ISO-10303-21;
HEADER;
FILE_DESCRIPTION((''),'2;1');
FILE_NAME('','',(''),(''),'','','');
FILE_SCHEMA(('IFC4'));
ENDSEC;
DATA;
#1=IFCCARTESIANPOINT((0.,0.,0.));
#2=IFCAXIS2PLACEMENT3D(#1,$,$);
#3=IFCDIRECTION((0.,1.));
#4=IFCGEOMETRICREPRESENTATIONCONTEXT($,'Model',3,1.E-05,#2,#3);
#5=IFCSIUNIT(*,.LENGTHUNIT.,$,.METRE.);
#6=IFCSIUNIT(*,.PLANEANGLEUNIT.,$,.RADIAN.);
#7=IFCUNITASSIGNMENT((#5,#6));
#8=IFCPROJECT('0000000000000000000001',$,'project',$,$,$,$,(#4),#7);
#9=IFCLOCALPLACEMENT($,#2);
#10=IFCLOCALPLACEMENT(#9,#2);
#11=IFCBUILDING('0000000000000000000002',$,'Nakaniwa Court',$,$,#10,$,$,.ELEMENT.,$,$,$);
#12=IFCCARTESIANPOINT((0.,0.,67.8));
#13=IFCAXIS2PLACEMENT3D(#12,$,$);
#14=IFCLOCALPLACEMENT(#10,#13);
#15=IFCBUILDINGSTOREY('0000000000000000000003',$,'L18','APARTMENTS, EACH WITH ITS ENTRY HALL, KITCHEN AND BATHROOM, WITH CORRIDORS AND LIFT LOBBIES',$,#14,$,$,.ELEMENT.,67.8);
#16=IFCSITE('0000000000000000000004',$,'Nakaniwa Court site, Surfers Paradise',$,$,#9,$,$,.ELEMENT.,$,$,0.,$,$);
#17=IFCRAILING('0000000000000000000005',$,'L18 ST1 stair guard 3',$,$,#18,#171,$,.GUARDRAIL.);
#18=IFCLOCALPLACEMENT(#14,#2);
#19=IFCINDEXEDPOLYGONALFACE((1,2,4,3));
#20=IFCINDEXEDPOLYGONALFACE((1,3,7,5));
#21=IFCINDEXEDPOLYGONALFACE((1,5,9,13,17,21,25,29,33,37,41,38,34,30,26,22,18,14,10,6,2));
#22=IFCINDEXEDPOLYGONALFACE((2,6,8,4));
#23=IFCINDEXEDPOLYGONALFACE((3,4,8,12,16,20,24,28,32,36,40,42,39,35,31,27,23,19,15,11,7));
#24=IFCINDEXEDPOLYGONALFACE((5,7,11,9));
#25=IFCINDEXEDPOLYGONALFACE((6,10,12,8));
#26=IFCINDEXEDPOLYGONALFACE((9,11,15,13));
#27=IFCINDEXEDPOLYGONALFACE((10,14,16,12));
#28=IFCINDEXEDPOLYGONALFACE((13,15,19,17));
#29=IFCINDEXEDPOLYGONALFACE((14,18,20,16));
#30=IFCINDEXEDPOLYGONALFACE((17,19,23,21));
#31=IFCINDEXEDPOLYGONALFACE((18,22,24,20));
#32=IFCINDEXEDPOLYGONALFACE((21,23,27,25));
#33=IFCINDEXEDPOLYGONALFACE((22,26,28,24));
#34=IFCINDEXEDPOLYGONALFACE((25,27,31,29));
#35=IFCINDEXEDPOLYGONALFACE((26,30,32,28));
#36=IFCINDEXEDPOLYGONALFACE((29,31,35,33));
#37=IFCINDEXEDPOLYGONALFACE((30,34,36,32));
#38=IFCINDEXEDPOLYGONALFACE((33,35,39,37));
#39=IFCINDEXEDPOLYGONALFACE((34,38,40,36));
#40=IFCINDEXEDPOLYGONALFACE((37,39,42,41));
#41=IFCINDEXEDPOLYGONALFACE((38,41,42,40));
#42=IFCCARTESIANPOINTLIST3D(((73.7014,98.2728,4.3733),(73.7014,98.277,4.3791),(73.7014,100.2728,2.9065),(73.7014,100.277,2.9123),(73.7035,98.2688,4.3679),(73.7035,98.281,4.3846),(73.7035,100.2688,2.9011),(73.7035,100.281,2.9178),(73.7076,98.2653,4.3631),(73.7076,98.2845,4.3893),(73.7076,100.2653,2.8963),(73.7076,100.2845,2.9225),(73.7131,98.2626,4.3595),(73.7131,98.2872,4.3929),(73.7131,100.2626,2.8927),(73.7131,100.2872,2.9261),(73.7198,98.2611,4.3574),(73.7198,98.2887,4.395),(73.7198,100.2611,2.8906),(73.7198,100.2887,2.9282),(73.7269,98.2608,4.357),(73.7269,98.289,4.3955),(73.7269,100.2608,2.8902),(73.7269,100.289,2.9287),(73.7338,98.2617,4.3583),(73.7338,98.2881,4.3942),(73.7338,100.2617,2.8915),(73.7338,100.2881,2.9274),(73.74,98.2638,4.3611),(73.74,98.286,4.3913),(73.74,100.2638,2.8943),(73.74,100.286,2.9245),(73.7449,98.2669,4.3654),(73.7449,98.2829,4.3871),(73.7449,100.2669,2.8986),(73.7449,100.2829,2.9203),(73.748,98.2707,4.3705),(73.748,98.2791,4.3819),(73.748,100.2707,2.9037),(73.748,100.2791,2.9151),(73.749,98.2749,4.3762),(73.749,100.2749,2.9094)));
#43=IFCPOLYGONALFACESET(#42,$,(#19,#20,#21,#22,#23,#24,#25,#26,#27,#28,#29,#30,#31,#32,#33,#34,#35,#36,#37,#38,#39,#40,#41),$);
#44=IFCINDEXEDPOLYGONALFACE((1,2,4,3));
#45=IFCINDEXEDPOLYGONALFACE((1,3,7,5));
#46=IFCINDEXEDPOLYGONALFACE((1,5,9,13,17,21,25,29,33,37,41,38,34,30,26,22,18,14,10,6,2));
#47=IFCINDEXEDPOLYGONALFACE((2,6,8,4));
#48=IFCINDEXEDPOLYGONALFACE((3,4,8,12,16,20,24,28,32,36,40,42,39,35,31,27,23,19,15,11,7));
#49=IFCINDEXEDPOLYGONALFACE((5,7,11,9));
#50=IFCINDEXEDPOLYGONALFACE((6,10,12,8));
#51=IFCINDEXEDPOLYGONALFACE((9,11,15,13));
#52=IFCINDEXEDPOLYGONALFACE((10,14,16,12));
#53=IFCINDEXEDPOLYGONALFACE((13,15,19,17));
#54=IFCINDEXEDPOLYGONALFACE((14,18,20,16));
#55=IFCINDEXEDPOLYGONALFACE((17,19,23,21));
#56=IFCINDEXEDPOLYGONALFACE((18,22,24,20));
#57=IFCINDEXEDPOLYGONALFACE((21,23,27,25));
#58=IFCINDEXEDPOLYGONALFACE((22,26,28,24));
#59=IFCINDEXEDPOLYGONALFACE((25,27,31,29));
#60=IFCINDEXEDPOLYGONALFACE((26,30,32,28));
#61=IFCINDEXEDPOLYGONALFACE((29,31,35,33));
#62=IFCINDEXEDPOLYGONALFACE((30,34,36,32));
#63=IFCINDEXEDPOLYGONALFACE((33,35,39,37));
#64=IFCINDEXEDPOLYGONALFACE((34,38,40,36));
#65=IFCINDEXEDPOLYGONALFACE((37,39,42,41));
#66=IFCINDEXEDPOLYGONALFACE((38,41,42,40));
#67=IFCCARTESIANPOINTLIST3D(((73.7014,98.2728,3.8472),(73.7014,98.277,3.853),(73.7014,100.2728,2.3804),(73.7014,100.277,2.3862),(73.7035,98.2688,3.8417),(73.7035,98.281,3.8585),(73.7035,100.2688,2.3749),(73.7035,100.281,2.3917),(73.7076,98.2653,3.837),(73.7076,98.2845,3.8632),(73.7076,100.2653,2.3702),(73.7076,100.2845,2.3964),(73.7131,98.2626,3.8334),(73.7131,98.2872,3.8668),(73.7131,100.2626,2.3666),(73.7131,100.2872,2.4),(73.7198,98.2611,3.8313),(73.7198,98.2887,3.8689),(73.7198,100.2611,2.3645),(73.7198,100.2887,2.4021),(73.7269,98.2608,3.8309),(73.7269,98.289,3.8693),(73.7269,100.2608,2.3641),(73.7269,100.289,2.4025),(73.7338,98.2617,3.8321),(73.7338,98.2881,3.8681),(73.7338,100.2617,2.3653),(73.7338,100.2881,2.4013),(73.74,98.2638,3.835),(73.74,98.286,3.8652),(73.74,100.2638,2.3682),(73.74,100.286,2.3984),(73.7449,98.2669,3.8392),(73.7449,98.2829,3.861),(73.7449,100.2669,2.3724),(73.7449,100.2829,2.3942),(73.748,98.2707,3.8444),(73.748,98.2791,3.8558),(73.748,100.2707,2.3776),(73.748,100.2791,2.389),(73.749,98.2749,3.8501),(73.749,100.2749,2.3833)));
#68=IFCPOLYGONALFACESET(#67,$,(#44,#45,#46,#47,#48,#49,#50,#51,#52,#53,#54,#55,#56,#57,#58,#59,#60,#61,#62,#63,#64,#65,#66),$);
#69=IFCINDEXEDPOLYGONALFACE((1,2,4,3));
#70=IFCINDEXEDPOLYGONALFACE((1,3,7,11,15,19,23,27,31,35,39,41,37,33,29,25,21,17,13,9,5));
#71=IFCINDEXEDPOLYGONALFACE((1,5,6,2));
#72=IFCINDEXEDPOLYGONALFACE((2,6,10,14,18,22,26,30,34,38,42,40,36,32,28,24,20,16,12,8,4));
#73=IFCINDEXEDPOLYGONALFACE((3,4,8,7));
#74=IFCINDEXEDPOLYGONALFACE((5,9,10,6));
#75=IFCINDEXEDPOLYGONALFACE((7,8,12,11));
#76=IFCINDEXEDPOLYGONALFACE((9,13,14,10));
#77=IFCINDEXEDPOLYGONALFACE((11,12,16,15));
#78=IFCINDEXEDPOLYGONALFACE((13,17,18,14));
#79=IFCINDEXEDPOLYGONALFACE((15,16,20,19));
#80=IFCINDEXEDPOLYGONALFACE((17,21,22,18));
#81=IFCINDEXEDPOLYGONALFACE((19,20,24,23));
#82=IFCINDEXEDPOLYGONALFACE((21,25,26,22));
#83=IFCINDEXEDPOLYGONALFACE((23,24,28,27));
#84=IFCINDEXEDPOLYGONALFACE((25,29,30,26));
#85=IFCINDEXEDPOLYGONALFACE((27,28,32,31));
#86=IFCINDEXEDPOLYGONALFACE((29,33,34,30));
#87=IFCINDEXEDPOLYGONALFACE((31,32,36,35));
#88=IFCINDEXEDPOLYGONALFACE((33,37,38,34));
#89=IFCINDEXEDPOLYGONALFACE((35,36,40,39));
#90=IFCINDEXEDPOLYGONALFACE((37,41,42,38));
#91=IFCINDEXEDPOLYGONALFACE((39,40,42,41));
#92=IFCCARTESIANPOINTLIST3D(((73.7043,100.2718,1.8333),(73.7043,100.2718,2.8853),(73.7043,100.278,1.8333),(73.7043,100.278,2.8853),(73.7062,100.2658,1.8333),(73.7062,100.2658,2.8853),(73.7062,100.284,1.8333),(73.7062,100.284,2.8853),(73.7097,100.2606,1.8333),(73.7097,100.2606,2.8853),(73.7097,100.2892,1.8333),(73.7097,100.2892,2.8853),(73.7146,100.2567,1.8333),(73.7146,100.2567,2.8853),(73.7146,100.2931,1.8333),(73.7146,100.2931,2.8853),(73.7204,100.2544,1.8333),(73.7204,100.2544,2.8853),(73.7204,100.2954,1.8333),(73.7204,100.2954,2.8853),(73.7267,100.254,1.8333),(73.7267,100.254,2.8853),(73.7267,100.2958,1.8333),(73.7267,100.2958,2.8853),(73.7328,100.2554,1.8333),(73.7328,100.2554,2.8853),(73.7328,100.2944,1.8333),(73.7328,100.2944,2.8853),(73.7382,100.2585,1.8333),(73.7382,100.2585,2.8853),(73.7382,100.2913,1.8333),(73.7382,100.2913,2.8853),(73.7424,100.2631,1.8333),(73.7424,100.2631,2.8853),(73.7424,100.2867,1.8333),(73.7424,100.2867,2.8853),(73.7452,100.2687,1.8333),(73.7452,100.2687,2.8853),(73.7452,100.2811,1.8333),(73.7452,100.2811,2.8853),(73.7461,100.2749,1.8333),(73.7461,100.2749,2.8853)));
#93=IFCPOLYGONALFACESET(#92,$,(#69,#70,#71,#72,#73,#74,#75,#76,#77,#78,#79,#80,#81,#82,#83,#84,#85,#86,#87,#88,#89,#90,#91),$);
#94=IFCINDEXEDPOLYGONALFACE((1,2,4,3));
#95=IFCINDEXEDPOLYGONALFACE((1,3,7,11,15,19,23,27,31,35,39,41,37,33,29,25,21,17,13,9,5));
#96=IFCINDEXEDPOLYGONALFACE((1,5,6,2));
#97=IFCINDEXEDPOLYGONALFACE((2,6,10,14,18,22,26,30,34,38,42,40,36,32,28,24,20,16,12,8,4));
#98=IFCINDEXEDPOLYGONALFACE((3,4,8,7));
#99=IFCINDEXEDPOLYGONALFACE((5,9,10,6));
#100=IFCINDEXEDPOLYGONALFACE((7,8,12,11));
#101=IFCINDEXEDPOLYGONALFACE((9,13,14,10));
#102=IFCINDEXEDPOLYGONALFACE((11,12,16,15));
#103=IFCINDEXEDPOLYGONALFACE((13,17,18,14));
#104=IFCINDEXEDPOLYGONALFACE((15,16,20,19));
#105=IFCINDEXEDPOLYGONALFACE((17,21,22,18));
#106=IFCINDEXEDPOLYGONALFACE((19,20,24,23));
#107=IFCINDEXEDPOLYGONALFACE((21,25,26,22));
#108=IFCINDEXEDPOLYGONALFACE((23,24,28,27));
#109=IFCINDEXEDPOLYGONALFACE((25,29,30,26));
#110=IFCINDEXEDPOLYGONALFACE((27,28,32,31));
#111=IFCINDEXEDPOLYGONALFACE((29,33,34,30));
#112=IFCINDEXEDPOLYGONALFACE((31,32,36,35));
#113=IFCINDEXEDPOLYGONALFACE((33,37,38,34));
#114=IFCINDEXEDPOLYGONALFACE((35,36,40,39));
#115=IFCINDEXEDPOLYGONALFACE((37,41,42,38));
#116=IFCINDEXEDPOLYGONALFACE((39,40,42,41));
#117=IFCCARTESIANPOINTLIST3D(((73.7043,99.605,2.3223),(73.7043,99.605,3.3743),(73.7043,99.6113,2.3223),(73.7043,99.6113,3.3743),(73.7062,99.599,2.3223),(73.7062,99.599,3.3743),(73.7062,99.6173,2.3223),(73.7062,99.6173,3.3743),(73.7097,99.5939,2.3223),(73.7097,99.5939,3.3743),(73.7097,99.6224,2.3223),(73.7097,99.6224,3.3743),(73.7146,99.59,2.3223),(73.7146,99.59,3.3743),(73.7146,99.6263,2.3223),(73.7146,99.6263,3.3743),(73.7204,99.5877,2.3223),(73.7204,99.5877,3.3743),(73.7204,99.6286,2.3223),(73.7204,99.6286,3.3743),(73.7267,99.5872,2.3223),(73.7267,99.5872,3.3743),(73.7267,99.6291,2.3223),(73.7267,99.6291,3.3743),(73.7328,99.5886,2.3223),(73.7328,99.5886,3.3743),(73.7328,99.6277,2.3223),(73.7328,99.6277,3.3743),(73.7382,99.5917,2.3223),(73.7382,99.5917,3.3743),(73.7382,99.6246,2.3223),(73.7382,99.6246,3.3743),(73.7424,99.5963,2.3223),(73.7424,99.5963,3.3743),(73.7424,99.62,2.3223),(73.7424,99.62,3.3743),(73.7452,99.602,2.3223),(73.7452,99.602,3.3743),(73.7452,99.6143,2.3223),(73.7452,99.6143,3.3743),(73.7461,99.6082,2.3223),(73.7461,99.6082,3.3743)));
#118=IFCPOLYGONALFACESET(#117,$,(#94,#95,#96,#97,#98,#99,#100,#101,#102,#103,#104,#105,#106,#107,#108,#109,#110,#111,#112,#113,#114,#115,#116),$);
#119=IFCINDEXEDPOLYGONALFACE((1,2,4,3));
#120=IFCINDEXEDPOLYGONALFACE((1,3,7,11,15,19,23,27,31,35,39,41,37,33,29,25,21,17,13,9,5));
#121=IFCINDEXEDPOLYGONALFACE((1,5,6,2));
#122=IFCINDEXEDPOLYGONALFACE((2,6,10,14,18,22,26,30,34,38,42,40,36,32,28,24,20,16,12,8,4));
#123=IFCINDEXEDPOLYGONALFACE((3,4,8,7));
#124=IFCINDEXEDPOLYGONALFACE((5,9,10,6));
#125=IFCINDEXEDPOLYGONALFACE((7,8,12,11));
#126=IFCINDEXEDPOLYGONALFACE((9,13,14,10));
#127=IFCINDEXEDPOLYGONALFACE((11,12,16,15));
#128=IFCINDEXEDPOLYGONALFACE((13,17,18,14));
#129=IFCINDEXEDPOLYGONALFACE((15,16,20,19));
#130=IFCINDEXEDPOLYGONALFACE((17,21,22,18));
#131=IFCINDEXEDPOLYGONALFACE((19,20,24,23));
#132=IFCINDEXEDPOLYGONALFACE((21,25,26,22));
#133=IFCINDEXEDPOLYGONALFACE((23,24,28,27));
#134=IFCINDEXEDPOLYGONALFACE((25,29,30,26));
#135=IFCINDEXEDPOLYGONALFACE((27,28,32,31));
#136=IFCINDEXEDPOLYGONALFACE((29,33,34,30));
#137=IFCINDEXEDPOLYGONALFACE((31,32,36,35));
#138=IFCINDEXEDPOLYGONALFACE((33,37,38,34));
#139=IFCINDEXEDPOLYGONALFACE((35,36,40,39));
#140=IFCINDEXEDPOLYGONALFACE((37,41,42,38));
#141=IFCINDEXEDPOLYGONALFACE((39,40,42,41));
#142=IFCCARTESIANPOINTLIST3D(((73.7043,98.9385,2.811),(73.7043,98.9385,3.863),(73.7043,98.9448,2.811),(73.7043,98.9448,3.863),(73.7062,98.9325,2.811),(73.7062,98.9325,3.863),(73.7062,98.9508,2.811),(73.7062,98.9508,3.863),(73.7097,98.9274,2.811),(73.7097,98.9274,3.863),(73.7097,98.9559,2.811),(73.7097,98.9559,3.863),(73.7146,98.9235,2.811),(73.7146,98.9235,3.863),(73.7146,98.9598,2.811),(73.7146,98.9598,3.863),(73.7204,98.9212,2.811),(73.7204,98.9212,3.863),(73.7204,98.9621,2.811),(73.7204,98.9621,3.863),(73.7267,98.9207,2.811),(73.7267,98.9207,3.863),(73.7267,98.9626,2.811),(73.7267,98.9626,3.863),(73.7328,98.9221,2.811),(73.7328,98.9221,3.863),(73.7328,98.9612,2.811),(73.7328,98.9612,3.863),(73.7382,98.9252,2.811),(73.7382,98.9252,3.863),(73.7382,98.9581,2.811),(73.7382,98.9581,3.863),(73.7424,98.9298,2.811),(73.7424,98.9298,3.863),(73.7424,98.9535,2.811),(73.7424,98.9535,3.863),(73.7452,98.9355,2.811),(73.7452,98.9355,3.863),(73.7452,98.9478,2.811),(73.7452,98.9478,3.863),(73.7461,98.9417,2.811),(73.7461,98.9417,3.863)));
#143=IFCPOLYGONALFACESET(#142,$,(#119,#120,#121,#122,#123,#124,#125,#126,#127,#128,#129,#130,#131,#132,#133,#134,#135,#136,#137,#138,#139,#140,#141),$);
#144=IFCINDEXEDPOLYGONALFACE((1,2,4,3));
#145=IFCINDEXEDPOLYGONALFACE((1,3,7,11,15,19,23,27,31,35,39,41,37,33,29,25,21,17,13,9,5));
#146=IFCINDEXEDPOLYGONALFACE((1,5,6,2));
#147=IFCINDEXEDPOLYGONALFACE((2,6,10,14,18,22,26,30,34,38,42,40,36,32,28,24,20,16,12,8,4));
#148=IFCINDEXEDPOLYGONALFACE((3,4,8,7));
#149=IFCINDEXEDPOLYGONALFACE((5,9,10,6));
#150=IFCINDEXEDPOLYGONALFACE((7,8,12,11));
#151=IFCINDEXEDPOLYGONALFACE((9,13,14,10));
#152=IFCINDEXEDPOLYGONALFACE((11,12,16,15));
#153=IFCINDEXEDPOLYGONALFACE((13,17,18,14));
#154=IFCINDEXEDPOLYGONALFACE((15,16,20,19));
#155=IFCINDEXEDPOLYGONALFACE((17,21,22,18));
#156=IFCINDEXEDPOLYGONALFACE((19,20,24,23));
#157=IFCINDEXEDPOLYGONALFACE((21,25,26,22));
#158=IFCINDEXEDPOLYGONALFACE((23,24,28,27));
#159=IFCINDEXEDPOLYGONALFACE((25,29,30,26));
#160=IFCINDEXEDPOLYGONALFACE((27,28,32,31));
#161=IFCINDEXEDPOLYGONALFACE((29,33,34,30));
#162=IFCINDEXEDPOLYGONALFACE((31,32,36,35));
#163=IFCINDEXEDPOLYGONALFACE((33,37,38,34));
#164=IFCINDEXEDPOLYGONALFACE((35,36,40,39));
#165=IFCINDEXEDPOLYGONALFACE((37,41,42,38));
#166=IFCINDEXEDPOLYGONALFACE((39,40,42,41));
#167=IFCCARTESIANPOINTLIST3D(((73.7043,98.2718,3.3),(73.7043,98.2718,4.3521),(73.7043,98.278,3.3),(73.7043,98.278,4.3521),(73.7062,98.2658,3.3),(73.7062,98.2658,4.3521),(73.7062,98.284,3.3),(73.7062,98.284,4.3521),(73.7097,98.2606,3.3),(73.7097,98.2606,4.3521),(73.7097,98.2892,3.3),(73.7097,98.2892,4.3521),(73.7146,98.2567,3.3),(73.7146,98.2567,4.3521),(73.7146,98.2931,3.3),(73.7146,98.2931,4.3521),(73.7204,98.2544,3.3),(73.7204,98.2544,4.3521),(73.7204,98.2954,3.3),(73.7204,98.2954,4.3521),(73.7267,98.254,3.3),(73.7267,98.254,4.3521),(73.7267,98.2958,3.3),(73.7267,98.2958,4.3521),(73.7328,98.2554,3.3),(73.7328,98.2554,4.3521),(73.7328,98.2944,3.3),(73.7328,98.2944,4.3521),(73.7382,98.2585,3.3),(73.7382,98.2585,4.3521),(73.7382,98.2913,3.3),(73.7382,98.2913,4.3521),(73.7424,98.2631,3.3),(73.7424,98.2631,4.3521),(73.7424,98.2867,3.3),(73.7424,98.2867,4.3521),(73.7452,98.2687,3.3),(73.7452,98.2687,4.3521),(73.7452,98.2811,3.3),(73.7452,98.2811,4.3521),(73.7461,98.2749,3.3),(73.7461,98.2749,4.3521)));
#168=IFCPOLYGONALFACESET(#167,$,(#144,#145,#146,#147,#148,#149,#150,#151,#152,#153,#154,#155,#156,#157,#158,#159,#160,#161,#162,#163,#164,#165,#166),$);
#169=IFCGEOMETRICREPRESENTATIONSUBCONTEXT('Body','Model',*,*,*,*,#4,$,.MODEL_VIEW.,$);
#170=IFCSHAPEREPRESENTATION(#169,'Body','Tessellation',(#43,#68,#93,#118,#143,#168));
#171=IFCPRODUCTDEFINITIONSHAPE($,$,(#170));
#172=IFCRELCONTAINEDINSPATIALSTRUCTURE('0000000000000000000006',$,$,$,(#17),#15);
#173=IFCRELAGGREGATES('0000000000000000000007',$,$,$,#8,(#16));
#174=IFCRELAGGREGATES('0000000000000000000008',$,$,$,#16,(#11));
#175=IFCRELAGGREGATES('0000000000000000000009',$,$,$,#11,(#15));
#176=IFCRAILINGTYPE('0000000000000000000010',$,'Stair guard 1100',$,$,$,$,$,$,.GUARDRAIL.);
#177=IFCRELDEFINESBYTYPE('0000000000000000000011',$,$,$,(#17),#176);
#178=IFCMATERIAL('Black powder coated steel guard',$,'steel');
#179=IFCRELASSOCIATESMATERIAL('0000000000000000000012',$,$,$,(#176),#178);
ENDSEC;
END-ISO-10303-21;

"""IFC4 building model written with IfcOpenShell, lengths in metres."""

from ifc_helpers import new_model, si_unit, direction, frame, origin, origin_2d, place, context, subcontext, project, spatial, circle, extrude, material, type_object, element, save


model = new_model("IFC4")

# Units and contexts
model_context = context("Model", 3, precision=1e-05, world=origin(), true_north=direction((0.0, 1.0)))
body_context = subcontext(model_context, "Body", "Model", "MODEL_VIEW")
ifc_project = project(units=[si_unit("LENGTHUNIT", "METRE"), si_unit("PLANEANGLEUNIT", "RADIAN")], contexts=[model_context])

# Site, building, storey
site_placement = place(None, origin())
site = spatial("IfcSite", under=ifc_project, at=site_placement, Name="Nakaniwa Court site, Surfers Paradise", CompositionType="ELEMENT", RefElevation=0.0)
building_placement = place(site_placement, origin())
building = spatial("IfcBuilding", under=site, at=building_placement, Name="Nakaniwa Court", CompositionType="ELEMENT")
storey_placement = place(building_placement, frame((0.0, 0.0, 67.8)))
storey = spatial("IfcBuildingStorey", under=building, at=storey_placement, Name="L18", Description="APARTMENTS, EACH WITH ITS ENTRY HALL, KITCHEN AND BATHROOM, WITH CORRIDORS AND LIFT LOBBIES", CompositionType="ELEMENT", Elevation=67.8)

# Railing
ifc_material_1 = material(Name="Black powder coated steel guard", Category="steel")
railing_type_1 = type_object("IfcRailingType", Name="Stair guard 1100", PredefinedType="GUARDRAIL", material=ifc_material_1)
railing_1_placement = place(storey_placement, frame((73.7251, 100.2749, 1.8333)))
element("IfcRailing", 1, at=railing_1_placement, inside=storey, type_object=railing_type_1, Name="L18 ST1 stair guard 3", PredefinedType="GUARDRAIL", context=body_context, shape_type="SweptSolid", body=[
    extrude(circle(Radius=0.0239, at=origin_2d()), frame((0.0, 0.0, 1.0762), z_axis=(0.0, -0.80638, 0.591398), x_axis=(1.0, 0.0, 0.0)), (0.0, 0.0, 1.0), 2.4802),
    extrude(circle(Radius=0.0239, at=origin_2d()), frame((0.0, 0.0, 0.55), z_axis=(0.0, -0.80638, 0.591398), x_axis=(1.0, 0.0, 0.0)), (0.0, 0.0, 1.0), 2.4802),
    extrude(circle(Radius=0.021, at=origin_2d()), origin(), (0.0, 0.0, 1.0), 1.052),
    extrude(circle(Radius=0.021, at=origin_2d()), frame((0.0, -0.6667, 0.489)), (0.0, 0.0, 1.0), 1.052),
    extrude(circle(Radius=0.021, at=origin_2d()), frame((0.0, -1.3333, 0.9778)), (0.0, 0.0, 1.0), 1.052),
    extrude(circle(Radius=0.021, at=origin_2d()), frame((0.0, -2.0, 1.4668)), (0.0, 0.0, 1.0), 1.052),
])

save(model, "model.ifc")
